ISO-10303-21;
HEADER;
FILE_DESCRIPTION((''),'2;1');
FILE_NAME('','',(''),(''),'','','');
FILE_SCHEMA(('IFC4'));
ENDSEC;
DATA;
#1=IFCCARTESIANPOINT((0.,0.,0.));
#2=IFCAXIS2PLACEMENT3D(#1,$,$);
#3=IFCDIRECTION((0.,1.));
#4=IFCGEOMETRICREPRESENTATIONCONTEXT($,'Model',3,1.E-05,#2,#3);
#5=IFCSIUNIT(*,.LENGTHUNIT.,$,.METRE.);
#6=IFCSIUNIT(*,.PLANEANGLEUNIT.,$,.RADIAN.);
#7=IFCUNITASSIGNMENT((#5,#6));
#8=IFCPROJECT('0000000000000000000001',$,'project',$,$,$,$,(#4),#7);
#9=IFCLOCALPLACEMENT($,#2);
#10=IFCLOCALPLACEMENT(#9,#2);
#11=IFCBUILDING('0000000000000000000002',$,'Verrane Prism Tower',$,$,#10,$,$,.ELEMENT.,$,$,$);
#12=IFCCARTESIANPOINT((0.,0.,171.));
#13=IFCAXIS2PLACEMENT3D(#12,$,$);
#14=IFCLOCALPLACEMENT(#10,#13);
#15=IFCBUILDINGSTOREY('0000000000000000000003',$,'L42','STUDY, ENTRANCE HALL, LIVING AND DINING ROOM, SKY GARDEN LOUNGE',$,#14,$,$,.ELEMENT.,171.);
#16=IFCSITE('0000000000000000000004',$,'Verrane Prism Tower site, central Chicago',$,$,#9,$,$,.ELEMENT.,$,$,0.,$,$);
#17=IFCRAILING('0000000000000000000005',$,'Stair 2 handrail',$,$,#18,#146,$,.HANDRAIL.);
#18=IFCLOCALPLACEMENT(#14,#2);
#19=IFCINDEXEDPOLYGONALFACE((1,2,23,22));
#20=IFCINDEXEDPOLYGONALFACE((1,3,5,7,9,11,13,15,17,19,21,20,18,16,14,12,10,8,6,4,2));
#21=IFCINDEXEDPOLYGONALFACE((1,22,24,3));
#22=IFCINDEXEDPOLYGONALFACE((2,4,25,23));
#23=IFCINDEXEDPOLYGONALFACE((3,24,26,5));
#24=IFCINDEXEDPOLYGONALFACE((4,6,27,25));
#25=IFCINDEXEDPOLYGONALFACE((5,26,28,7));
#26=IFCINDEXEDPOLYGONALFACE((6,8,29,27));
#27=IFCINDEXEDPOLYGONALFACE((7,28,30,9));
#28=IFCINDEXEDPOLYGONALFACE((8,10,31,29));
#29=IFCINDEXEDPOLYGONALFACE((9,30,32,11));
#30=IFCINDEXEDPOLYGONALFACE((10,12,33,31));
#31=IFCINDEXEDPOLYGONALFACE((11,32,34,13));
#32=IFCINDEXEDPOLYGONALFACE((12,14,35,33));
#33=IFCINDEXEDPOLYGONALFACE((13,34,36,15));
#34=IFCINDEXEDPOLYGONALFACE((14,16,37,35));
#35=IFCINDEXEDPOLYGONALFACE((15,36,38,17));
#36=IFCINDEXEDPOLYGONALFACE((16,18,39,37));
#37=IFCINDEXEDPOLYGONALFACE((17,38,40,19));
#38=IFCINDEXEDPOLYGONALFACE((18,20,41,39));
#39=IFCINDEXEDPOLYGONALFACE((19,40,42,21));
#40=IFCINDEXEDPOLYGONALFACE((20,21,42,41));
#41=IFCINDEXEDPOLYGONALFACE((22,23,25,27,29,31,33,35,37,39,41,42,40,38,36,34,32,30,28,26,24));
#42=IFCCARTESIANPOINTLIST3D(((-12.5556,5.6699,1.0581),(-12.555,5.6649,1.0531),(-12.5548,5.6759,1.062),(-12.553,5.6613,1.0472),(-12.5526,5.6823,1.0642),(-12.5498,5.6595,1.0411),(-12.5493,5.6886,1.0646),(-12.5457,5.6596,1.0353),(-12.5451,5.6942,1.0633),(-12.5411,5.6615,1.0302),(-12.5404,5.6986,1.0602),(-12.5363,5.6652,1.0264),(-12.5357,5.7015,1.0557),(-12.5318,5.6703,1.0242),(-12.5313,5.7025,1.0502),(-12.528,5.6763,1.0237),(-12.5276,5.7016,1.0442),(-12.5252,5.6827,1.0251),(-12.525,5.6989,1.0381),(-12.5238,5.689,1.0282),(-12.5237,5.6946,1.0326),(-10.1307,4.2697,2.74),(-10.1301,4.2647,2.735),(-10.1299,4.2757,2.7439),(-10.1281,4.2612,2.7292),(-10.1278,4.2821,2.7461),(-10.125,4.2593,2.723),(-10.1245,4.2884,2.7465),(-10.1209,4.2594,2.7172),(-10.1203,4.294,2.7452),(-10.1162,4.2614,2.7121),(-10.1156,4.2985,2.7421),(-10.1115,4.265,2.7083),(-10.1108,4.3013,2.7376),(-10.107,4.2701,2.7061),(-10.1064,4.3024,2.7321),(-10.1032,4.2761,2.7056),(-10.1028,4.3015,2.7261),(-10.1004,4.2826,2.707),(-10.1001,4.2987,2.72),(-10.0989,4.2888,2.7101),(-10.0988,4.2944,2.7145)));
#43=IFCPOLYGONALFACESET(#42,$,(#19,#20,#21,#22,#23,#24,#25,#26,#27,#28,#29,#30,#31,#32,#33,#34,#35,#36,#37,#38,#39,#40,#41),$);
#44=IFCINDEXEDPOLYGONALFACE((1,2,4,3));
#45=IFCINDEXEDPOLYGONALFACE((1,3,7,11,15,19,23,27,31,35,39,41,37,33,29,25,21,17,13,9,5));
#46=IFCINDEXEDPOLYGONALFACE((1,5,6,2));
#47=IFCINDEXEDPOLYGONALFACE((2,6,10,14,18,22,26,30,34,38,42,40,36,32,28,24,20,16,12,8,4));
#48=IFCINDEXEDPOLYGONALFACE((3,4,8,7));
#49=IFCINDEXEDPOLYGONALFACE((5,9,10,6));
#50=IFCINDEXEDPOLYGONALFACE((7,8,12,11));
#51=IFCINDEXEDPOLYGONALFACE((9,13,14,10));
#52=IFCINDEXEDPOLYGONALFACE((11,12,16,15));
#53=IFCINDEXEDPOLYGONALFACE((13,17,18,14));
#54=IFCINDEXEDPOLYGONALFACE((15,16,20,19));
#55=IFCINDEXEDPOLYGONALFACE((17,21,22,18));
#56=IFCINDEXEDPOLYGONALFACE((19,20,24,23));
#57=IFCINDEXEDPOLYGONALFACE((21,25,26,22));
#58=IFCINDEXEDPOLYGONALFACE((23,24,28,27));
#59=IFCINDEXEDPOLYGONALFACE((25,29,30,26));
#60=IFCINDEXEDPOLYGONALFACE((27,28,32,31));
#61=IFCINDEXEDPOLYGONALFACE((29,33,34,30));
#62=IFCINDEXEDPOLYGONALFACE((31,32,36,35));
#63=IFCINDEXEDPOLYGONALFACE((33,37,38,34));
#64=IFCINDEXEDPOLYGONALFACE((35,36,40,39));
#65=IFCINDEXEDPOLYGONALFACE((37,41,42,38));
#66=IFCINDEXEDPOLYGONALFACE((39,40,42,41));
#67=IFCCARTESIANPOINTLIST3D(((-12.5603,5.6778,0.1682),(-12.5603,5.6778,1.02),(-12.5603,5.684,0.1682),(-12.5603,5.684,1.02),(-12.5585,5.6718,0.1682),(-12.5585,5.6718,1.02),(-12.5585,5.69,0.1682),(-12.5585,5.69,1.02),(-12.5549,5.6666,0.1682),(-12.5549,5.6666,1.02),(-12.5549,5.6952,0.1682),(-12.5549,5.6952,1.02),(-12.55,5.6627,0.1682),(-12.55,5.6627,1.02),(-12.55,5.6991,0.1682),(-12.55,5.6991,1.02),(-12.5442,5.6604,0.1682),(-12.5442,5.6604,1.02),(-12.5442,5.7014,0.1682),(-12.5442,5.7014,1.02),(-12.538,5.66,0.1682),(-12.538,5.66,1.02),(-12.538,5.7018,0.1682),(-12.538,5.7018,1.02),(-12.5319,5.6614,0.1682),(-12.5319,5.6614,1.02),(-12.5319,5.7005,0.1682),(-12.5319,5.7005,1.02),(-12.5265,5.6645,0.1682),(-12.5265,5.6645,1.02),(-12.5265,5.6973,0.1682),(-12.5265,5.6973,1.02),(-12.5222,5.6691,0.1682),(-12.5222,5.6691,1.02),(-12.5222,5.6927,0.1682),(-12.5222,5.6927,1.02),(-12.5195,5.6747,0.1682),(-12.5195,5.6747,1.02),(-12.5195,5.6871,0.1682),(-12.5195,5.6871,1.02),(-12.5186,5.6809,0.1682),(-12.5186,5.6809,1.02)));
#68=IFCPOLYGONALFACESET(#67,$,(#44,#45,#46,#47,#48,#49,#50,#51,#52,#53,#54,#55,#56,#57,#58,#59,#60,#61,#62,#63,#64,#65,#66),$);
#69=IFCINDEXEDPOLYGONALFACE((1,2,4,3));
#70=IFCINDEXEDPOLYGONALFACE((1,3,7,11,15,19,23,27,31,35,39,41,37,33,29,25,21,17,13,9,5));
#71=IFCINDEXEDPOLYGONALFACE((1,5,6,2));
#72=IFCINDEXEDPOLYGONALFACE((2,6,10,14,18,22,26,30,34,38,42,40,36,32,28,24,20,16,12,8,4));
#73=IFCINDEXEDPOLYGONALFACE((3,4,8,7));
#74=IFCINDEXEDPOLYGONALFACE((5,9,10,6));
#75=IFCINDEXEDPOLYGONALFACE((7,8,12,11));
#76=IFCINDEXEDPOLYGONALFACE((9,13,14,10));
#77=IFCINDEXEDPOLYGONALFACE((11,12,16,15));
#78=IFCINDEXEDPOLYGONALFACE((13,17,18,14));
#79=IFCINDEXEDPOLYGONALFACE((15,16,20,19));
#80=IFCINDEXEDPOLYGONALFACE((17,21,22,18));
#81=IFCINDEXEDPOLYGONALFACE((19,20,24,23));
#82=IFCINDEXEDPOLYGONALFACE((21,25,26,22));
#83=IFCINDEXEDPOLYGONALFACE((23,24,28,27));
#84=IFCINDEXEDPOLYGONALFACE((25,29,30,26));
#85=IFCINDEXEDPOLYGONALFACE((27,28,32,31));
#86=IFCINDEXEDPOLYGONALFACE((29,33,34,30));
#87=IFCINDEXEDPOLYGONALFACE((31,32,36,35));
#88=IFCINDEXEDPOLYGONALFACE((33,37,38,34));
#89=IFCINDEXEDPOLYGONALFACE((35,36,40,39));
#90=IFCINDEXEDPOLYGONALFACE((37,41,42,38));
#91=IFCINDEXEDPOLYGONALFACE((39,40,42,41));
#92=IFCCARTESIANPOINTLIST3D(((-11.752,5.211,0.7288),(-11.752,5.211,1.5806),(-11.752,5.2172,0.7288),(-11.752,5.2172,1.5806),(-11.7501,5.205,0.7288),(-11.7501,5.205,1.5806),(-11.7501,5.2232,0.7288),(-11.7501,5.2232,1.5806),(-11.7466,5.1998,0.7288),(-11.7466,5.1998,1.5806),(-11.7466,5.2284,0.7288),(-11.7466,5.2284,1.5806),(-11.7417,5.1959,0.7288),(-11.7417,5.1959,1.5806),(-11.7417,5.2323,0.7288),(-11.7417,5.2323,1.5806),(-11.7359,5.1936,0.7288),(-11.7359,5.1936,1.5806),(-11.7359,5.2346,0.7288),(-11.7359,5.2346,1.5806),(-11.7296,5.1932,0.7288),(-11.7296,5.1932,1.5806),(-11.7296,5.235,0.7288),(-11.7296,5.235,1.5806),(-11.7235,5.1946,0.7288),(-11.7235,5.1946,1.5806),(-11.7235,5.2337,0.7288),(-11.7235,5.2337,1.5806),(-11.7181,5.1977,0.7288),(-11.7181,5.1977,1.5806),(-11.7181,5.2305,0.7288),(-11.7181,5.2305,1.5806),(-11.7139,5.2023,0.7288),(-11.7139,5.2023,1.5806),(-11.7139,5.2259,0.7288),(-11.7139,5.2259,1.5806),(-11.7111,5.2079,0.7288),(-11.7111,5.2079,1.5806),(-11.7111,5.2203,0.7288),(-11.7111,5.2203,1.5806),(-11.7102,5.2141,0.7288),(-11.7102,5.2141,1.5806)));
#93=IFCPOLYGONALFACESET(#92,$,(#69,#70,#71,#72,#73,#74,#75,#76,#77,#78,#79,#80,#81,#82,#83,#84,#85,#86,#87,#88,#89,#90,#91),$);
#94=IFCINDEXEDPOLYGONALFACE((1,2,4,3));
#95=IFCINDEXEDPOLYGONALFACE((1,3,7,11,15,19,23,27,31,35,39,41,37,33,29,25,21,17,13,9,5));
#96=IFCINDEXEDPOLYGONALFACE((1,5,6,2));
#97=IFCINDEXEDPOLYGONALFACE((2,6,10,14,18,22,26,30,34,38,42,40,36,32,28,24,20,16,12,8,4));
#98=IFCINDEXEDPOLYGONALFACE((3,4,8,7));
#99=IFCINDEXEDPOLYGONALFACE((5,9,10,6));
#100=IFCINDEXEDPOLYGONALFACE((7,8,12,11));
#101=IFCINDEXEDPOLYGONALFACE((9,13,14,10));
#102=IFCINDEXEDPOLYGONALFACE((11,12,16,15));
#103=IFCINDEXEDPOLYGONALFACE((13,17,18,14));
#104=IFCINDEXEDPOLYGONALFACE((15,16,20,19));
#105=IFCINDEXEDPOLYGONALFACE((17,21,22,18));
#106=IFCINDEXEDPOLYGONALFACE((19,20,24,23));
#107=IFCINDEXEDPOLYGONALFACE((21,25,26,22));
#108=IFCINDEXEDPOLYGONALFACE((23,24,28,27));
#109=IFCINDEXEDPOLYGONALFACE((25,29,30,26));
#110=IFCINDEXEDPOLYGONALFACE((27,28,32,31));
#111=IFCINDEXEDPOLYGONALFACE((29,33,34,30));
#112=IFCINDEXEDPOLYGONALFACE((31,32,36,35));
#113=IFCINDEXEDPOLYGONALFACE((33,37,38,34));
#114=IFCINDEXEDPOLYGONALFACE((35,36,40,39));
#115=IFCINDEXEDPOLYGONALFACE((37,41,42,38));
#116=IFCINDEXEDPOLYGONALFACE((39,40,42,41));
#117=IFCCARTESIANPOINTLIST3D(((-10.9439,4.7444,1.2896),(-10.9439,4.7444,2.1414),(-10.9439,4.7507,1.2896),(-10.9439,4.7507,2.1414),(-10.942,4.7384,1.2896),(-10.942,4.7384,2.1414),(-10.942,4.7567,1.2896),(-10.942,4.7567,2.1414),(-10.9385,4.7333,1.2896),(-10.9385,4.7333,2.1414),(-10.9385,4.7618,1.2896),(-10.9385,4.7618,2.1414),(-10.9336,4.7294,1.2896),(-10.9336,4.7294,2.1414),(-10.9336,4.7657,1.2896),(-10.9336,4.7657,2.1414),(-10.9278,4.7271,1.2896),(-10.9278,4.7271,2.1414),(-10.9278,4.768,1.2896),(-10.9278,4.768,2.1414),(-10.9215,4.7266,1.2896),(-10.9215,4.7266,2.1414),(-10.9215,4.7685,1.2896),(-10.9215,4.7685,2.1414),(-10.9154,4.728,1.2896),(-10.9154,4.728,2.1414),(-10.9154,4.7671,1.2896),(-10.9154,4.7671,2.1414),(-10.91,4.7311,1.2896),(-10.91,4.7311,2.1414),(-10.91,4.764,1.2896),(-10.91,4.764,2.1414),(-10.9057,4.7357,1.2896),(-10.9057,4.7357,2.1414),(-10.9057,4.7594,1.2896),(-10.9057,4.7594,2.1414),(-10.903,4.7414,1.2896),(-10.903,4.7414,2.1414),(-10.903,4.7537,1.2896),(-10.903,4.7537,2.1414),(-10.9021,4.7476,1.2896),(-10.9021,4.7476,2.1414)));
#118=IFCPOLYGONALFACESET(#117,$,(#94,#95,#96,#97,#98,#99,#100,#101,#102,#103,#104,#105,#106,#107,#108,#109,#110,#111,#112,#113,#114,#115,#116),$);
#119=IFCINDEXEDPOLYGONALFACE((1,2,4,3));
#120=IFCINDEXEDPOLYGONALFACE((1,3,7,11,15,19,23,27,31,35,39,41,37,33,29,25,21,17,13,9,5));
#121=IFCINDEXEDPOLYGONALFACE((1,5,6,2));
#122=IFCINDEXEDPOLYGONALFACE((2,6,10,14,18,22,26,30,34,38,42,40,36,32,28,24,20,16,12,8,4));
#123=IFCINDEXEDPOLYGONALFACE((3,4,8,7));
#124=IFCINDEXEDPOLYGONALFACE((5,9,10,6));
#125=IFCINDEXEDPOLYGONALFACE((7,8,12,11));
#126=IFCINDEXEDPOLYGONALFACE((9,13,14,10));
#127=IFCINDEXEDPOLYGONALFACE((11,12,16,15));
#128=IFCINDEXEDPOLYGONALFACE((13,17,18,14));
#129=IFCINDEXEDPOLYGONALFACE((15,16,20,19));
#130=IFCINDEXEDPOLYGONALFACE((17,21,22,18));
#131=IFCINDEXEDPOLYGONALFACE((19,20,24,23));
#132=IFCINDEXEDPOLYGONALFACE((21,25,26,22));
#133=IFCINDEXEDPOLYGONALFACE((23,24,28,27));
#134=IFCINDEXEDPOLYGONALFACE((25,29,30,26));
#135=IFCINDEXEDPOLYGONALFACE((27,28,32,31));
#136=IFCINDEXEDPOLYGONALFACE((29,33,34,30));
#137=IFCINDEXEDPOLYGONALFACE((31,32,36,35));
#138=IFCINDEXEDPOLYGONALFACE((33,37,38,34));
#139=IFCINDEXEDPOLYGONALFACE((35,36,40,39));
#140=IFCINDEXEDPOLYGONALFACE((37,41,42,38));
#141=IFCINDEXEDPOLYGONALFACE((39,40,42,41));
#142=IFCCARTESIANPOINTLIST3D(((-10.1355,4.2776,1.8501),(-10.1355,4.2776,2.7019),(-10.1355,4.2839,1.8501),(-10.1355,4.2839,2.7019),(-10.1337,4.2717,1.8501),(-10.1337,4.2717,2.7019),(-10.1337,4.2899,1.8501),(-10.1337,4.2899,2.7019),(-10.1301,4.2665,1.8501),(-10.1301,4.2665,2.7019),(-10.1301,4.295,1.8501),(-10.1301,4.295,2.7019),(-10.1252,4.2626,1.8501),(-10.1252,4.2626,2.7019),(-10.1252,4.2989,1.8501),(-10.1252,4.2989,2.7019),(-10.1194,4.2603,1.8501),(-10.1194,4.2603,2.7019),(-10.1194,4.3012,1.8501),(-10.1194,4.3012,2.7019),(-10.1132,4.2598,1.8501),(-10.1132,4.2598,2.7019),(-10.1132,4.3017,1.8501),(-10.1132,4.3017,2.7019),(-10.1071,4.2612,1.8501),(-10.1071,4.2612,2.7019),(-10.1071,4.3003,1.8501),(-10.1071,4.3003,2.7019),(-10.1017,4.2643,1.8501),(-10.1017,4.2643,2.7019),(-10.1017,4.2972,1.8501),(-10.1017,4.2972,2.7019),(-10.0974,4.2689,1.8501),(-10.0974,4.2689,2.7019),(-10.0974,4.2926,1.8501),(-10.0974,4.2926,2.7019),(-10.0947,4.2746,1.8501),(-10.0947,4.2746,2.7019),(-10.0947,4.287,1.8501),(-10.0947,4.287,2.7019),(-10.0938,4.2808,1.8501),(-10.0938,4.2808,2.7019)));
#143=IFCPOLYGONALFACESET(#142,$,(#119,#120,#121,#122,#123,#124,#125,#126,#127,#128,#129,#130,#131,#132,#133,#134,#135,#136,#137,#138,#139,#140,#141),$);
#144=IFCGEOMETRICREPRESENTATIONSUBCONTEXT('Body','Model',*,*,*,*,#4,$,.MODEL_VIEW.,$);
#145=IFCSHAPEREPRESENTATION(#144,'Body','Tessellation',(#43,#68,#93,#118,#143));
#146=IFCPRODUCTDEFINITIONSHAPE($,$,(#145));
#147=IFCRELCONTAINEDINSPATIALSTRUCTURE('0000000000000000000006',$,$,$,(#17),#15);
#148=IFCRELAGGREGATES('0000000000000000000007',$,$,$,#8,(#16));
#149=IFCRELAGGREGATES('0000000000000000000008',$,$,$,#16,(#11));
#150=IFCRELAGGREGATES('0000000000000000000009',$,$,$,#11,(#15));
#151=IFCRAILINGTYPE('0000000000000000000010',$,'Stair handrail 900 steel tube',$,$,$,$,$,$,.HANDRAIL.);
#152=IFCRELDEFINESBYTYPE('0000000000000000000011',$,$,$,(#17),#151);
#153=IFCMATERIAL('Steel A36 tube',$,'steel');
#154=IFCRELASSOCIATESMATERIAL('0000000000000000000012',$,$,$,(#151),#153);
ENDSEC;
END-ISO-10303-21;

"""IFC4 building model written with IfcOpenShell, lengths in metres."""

from ifc_helpers import new_model, si_unit, direction, frame, origin, origin_2d, place, context, subcontext, project, spatial, circle, extrude, material, type_object, element, save


model = new_model("IFC4")

# Units and contexts
model_context = context("Model", 3, precision=1e-05, world=origin(), true_north=direction((0.0, 1.0)))
body_context = subcontext(model_context, "Body", "Model", "MODEL_VIEW")
ifc_project = project(units=[si_unit("LENGTHUNIT", "METRE"), si_unit("PLANEANGLEUNIT", "RADIAN")], contexts=[model_context])

# Site, building, storey
site_placement = place(None, origin())
site = spatial("IfcSite", under=ifc_project, at=site_placement, Name="Verrane Prism Tower site, central Chicago", CompositionType="ELEMENT", RefElevation=0.0)
building_placement = place(site_placement, origin())
building = spatial("IfcBuilding", under=site, at=building_placement, Name="Verrane Prism Tower", CompositionType="ELEMENT")
storey_placement = place(building_placement, frame((0.0, 0.0, 171.0)))
storey = spatial("IfcBuildingStorey", under=building, at=storey_placement, Name="L42", Description="STUDY, ENTRANCE HALL, LIVING AND DINING ROOM, SKY GARDEN LOUNGE", CompositionType="ELEMENT", Elevation=171.0)

# Railing
ifc_material_1 = material(Name="Steel A36 tube", Category="steel")
railing_type = type_object("IfcRailingType", Name="Stair handrail 900 steel tube", PredefinedType="HANDRAIL", material=ifc_material_1)
railing_placement = place(storey_placement, frame((-12.5396, 5.6809, 0.1682)))
element("IfcRailing", 1, at=railing_placement, inside=storey, type_object=railing_type, Name="Stair 2 handrail", PredefinedType="HANDRAIL", context=body_context, shape_type="SweptSolid", body=[
    extrude(circle(Radius=0.0239, at=origin_2d()), frame((0.0, 0.0, 0.876), z_axis=(0.742367, -0.428662, 0.514918), x_axis=(0.50005, 0.865997, 0.0)), (0.0, 0.0, 1.0), 3.2664),
    extrude(circle(Radius=0.021, at=origin_2d()), origin(), (0.0, 0.0, 1.0), 0.8518),
    extrude(circle(Radius=0.021, at=origin_2d()), frame((0.8083, -0.4668, 0.5605)), (0.0, 0.0, 1.0), 0.8518),
    extrude(circle(Radius=0.021, at=origin_2d()), frame((1.6165, -0.9333, 1.1213)), (0.0, 0.0, 1.0), 0.8518),
    extrude(circle(Radius=0.021, at=origin_2d()), frame((2.4248, -1.4001, 1.6819)), (0.0, 0.0, 1.0), 0.8518),
])

save(model, "model.ifc")
